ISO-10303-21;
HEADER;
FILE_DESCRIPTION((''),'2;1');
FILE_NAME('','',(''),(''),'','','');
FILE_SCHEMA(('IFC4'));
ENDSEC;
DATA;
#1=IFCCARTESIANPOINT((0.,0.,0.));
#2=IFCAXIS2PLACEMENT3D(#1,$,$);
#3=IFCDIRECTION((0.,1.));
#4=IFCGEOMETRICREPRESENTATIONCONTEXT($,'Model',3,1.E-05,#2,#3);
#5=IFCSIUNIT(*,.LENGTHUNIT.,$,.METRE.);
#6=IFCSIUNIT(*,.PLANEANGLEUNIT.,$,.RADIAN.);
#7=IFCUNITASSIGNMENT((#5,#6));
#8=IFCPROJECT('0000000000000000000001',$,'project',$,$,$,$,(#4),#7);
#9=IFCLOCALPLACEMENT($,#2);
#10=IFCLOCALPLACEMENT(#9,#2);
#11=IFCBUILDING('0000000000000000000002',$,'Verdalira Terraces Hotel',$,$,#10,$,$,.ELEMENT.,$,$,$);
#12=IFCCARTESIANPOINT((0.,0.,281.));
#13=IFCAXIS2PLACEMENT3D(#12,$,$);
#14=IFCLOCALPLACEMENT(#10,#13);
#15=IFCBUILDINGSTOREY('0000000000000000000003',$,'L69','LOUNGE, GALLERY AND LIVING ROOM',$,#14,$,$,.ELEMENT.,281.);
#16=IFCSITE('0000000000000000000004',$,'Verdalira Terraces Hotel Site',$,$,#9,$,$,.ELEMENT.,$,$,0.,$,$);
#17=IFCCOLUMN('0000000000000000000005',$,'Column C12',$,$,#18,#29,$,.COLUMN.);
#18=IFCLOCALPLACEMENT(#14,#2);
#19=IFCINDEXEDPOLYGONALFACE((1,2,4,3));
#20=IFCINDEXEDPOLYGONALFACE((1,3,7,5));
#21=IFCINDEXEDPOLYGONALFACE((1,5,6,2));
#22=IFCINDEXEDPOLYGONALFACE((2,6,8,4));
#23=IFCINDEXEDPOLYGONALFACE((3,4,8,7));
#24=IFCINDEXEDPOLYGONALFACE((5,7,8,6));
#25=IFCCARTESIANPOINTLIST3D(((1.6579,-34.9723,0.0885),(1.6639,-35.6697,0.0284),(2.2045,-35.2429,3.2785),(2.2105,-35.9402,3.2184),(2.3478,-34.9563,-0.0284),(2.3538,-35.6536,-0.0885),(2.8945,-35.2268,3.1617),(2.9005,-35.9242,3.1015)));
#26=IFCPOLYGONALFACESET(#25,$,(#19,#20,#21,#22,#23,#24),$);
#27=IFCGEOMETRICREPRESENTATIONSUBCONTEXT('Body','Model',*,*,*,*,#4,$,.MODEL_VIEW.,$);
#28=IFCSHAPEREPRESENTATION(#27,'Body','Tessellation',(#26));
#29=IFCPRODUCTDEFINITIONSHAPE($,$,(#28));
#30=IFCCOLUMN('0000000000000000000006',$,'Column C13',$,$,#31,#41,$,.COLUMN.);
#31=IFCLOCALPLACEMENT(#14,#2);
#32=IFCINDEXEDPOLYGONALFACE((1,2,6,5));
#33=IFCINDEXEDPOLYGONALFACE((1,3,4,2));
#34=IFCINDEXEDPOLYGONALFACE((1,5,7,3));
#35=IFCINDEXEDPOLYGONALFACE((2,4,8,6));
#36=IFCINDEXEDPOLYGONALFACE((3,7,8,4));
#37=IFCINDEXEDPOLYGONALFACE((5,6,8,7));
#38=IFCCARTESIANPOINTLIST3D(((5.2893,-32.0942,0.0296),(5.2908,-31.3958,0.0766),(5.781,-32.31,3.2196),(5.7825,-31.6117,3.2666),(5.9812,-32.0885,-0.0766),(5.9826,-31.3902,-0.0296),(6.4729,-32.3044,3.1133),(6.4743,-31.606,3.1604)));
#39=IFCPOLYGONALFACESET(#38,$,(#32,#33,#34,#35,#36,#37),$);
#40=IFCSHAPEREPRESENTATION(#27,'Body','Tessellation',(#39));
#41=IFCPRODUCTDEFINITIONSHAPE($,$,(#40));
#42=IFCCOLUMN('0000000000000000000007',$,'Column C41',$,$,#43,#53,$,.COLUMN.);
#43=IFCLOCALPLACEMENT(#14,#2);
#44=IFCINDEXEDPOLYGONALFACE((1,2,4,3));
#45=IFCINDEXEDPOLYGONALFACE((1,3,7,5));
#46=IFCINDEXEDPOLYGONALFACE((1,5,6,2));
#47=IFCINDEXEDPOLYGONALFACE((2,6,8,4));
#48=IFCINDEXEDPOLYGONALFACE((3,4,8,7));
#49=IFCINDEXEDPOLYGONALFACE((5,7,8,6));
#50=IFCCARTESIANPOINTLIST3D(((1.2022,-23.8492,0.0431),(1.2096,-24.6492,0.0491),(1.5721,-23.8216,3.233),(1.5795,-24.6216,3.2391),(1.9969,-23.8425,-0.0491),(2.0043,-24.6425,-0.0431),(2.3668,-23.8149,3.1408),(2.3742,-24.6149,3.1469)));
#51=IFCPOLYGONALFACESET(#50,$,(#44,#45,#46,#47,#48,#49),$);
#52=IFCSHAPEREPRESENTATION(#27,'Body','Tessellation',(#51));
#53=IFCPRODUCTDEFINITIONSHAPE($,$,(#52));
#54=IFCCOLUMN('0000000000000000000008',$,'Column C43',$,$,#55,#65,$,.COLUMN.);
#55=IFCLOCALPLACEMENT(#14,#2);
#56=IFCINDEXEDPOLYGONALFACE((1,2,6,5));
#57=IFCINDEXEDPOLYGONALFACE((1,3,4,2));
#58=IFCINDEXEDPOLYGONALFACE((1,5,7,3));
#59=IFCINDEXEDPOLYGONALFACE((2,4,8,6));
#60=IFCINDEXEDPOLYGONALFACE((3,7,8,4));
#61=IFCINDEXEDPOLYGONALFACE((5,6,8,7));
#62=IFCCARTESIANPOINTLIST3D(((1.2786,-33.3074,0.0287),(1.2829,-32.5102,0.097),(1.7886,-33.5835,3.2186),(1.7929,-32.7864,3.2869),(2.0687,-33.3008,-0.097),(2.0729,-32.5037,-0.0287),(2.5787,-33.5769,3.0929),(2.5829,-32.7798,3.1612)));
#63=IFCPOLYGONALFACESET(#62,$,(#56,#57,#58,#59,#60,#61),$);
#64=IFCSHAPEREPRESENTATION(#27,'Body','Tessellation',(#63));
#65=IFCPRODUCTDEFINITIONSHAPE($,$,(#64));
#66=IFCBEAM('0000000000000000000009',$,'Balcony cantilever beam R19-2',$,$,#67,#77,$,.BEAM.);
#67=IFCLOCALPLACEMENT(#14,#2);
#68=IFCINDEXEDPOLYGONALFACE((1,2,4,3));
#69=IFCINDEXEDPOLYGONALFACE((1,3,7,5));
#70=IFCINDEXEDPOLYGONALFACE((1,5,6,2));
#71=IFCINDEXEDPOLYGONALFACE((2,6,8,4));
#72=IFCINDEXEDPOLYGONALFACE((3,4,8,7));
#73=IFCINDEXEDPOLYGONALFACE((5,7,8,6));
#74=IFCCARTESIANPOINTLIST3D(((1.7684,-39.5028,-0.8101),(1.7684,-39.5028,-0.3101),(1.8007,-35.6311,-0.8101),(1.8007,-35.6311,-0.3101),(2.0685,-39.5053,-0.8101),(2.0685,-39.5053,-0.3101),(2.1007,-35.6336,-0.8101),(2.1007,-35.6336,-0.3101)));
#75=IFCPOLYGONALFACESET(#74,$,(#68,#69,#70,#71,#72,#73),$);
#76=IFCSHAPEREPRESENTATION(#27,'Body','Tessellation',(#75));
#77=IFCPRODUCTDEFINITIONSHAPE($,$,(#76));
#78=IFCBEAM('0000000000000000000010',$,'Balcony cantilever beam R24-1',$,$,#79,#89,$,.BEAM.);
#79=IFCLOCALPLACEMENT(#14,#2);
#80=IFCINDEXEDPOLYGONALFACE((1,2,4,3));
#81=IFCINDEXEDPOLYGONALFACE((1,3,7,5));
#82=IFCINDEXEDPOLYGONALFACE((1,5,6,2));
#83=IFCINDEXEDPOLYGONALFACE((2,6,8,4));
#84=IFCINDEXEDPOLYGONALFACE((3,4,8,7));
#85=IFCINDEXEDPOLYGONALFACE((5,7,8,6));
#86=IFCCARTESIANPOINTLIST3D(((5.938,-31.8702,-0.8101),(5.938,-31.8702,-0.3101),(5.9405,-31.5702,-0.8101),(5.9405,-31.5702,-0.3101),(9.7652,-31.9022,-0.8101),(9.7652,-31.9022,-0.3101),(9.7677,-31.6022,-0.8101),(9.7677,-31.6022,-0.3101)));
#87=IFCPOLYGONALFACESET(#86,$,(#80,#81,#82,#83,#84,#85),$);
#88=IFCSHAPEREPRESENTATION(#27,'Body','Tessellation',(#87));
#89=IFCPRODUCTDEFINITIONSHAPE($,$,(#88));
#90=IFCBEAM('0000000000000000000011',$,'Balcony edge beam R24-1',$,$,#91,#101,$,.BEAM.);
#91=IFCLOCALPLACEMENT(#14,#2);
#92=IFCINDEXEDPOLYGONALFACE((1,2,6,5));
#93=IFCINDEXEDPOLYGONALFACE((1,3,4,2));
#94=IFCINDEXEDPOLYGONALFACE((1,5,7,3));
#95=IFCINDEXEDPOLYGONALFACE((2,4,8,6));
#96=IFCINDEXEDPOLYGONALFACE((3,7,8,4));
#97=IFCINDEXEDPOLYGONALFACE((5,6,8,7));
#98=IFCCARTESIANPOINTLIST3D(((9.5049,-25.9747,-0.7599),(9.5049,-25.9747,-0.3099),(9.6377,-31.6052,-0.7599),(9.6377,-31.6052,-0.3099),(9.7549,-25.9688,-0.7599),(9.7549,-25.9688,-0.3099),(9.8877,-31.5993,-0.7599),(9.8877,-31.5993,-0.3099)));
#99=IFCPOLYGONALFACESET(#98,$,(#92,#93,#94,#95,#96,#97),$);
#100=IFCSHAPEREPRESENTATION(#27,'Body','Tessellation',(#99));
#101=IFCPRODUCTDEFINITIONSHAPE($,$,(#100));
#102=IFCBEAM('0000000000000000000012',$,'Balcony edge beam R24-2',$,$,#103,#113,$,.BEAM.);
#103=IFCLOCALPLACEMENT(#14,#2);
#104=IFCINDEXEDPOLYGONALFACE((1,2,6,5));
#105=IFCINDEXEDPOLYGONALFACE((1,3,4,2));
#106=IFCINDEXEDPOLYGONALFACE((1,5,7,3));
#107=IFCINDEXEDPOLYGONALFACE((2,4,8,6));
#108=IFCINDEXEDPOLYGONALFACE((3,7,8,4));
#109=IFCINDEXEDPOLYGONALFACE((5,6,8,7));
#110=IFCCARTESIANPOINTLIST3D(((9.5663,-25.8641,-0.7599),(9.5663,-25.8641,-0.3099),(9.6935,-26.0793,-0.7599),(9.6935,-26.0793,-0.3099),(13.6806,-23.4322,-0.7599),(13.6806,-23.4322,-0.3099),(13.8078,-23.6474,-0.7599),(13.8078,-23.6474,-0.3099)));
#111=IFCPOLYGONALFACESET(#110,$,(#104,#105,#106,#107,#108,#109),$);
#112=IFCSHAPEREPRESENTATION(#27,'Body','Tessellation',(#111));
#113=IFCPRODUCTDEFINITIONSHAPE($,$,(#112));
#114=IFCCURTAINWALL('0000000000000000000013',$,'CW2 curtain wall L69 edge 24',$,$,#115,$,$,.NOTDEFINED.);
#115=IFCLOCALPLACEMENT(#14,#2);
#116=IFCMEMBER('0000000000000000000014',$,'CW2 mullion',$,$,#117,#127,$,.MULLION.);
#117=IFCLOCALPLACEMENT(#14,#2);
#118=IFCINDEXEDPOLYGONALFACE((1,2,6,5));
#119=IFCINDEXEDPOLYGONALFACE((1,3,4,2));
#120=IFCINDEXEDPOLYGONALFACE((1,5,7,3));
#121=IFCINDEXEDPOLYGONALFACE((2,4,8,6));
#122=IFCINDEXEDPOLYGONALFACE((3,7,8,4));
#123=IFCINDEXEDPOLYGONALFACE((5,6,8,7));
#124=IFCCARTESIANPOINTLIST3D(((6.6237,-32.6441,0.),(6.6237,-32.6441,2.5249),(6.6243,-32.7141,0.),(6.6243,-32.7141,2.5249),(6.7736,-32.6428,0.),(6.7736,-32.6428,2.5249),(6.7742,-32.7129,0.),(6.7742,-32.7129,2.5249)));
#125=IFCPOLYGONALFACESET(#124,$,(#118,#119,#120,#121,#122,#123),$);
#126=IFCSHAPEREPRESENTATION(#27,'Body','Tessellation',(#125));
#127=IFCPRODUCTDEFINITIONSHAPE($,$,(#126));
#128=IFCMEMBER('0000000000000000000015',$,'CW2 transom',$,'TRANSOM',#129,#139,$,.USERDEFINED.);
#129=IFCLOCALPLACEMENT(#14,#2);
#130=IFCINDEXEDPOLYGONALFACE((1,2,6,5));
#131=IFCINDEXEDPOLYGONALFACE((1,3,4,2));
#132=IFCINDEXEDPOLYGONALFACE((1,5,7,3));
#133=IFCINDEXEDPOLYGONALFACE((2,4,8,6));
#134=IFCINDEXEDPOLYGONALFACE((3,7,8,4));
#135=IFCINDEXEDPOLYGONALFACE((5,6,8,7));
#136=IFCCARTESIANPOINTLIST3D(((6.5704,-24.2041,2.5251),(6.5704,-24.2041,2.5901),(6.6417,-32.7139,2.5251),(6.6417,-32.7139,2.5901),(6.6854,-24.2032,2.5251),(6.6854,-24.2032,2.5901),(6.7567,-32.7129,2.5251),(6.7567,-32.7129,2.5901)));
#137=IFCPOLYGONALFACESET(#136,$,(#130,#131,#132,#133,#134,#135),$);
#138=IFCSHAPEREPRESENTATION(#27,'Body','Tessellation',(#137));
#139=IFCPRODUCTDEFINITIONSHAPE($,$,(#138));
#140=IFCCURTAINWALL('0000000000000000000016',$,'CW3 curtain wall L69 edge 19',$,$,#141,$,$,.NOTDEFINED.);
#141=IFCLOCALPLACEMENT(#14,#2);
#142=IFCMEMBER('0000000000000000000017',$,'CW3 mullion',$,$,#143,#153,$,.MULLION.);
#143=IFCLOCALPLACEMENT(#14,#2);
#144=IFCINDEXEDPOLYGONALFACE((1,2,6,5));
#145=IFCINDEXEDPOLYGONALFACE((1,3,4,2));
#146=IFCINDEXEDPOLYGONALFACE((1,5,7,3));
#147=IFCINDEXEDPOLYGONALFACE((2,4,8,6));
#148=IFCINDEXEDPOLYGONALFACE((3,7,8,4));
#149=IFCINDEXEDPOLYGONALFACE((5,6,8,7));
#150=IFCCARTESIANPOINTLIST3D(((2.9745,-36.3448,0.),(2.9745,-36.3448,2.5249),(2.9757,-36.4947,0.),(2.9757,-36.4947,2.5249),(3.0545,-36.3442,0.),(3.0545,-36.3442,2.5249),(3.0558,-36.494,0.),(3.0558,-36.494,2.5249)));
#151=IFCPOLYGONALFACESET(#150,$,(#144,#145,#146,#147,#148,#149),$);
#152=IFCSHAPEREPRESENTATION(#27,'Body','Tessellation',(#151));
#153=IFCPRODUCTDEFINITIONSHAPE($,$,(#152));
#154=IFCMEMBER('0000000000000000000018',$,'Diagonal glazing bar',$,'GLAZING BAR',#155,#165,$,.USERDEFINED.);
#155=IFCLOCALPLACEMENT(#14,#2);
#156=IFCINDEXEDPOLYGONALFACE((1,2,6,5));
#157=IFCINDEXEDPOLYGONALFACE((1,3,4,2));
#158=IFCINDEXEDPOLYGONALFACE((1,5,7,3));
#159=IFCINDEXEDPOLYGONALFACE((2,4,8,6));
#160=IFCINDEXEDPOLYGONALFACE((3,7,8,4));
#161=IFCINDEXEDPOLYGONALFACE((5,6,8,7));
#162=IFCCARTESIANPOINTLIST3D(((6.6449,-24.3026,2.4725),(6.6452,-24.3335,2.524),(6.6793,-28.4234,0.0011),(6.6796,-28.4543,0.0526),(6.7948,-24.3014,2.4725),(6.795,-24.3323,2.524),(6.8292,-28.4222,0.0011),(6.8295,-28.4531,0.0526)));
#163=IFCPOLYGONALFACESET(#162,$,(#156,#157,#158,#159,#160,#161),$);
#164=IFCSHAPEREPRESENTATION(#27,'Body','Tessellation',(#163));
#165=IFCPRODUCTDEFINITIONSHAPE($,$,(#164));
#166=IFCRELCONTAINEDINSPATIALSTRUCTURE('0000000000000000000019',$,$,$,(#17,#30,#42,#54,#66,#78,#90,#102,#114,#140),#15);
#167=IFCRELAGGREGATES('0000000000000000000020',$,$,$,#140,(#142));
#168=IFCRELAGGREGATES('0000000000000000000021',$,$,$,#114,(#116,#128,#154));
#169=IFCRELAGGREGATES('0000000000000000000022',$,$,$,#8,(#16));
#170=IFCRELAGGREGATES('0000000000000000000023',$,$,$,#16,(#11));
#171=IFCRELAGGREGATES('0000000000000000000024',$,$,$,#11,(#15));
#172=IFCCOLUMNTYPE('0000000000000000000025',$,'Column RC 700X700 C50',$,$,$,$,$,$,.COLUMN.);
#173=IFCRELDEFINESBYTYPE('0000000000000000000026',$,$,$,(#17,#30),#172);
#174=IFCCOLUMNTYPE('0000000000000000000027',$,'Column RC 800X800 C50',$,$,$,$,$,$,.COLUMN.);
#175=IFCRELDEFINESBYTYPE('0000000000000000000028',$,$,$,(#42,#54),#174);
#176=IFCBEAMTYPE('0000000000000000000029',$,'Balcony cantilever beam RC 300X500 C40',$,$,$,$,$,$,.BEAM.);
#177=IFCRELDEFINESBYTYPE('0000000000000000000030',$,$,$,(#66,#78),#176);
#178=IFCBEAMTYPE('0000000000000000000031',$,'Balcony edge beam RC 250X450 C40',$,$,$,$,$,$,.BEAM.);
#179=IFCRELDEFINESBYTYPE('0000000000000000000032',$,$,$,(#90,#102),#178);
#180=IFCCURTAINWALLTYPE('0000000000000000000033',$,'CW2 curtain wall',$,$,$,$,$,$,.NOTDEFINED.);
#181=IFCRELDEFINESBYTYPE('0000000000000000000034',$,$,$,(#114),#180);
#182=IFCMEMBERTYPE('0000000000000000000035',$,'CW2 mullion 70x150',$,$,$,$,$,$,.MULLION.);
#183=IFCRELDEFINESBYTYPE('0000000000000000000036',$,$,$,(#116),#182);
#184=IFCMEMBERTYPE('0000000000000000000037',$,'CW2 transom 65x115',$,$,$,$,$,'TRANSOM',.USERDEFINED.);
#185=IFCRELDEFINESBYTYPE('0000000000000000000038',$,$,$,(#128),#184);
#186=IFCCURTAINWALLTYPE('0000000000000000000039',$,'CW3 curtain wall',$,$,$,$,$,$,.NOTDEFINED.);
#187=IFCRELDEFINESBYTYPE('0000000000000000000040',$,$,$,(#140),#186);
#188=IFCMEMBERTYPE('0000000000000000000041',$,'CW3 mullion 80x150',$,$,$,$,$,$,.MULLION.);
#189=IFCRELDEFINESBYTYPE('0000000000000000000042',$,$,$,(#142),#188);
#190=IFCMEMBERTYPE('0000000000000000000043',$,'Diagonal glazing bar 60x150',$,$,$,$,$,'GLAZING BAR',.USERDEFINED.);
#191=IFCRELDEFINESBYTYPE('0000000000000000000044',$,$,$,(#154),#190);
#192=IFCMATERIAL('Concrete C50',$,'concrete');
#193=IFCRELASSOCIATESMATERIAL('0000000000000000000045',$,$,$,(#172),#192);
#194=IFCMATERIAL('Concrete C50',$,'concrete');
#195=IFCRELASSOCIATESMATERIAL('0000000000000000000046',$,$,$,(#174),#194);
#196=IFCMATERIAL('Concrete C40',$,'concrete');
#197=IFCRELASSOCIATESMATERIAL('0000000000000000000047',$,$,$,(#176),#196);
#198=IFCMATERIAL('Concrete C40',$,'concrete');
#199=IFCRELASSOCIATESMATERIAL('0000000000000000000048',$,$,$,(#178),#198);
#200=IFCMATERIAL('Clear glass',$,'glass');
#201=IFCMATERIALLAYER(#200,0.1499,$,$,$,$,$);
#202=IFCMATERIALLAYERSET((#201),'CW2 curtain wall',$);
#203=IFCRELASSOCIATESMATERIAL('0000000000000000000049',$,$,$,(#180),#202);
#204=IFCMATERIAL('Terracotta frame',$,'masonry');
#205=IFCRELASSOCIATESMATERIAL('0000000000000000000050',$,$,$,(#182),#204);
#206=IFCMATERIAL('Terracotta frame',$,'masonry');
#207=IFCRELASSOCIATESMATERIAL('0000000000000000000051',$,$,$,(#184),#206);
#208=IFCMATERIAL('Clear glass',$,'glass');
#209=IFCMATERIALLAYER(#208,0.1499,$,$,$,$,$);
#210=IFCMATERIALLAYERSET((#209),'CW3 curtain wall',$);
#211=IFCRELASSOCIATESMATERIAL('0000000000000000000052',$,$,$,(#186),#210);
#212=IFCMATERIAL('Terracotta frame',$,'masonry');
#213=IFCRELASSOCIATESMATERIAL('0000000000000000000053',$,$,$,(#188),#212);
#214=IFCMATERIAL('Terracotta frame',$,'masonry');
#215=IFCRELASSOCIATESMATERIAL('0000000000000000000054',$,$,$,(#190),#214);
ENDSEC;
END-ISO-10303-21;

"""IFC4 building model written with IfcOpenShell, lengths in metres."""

from ifc_helpers import new_model, si_unit, direction, frame, origin, origin_2d, place, context, subcontext, project, spatial, rectangle, extrude, material, layer, layer_set, material_profile, profile_set, type_object, element, aggregate, save


model = new_model("IFC4")

# Units and contexts
model_context = context("Model", 3, precision=1e-05, world=origin(), true_north=direction((0.0, 1.0)))
body_context = subcontext(model_context, "Body", "Model", "MODEL_VIEW")
ifc_project = project(units=[si_unit("LENGTHUNIT", "METRE"), si_unit("PLANEANGLEUNIT", "RADIAN")], contexts=[model_context])

# Site, building, storey
site_placement = place(None, origin())
site = spatial("IfcSite", under=ifc_project, at=site_placement, Name="Verdalira Terraces Hotel Site", CompositionType="ELEMENT", RefElevation=0.0)
building_placement = place(site_placement, origin())
building = spatial("IfcBuilding", under=site, at=building_placement, Name="Verdalira Terraces Hotel", CompositionType="ELEMENT")
storey_placement = place(building_placement, frame((0.0, 0.0, 281.0)))
storey = spatial("IfcBuildingStorey", under=building, at=storey_placement, Name="L69", Description="LOUNGE, GALLERY AND LIVING ROOM", CompositionType="ELEMENT", Elevation=281.0)

# Columns
ifc_material_1 = material(Name="Concrete C50", Category="concrete")
ifc_material_profile_1 = material_profile(ifc_material_1, rectangle(XDim=0.7, YDim=0.7, at=origin_2d()), Name="RC 700X700")
ifc_profile_set_1 = profile_set([ifc_material_profile_1], Name="Concrete C50")
column_type_1 = type_object("IfcColumnType", Name="Column RC 700X700 C50", PredefinedType="COLUMN", material=ifc_profile_set_1)
column_1_placement = place(storey_placement, frame((2.0059, -35.313, 0.0), z_axis=(0.168312, -0.083292, 0.982209), x_axis=(0.985696, 0.022909, -0.166967)))
element("IfcColumn", 1, at=column_1_placement, inside=storey, type_object=column_type_1, Name="Column C12", PredefinedType="COLUMN", context=body_context, shape_type="SweptSolid", body=[
    extrude(rectangle(XDim=0.7, YDim=0.7, at=origin_2d()), origin(), (0.0, 0.0, 1.0), 3.2478),
])
column_2_placement = place(storey_placement, frame((5.636, -31.7422, 0.0), z_axis=(0.152002, -0.066718, 0.986126), x_axis=(0.00212, 0.997739, 0.067177)))
element("IfcColumn", 2, at=column_2_placement, inside=storey, type_object=column_type_1, Name="Column C13", PredefinedType="COLUMN", context=body_context, shape_type="SweptSolid", body=[
    extrude(rectangle(XDim=0.7, YDim=0.7, at=origin_2d()), origin(), (0.0, 0.0, 1.0), 3.2349),
])
ifc_material_2 = material(Name="Concrete C50", Category="concrete")
ifc_material_profile_2 = material_profile(ifc_material_2, rectangle(XDim=0.8, YDim=0.8, at=origin_2d()), Name="RC 800X800")
ifc_profile_set_2 = profile_set([ifc_material_profile_2], Name="Concrete C50")
column_type_2 = type_object("IfcColumnType", Name="Column RC 800X800 C50", PredefinedType="COLUMN", material=ifc_profile_set_2)
column_3_placement = place(storey_placement, frame((1.6033, -24.2459, 0.0), z_axis=(0.115174, 0.008591, 0.993308), x_axis=(0.009303, -0.999928, 0.007569)))
element("IfcColumn", 3, at=column_3_placement, inside=storey, type_object=column_type_2, Name="Column C41", PredefinedType="COLUMN", context=body_context, shape_type="SweptSolid", body=[
    extrude(rectangle(XDim=0.8, YDim=0.8, at=origin_2d()), origin(), (0.0, 0.0, 1.0), 3.2114),
])
column_4_placement = place(storey_placement, frame((1.6758, -32.9055, 0.0), z_axis=(0.157302, -0.085164, 0.983871), x_axis=(-0.005313, -0.996333, -0.085394)))
element("IfcColumn", 4, at=column_4_placement, inside=storey, type_object=column_type_2, Name="Column C43", PredefinedType="COLUMN", context=body_context, shape_type="SweptSolid", body=[
    extrude(rectangle(XDim=0.8, YDim=0.8, at=origin_2d()), origin(), (0.0, 0.0, 1.0), 3.2422),
])

# Beams
ifc_material_3 = material(Name="Concrete C40", Category="concrete")
ifc_material_profile_3 = material_profile(ifc_material_3, rectangle(XDim=0.3, YDim=0.5, at=origin_2d()), Name="RC 300X500")
ifc_profile_set_3 = profile_set([ifc_material_profile_3], Name="Concrete C40")
beam_type_1 = type_object("IfcBeamType", Name="Balcony cantilever beam RC 300X500 C40", PredefinedType="BEAM", material=ifc_profile_set_3)
beam_1_placement = place(storey_placement, frame((1.9507, -35.6323, -0.5601), z_axis=(-0.008324, -0.999965, 0.0), x_axis=(0.999965, -0.008324, 0.0)))
element("IfcBeam", 5, at=beam_1_placement, inside=storey, type_object=beam_type_1, Name="Balcony cantilever beam R19-2", PredefinedType="BEAM", context=body_context, shape_type="SweptSolid", body=[
    extrude(rectangle(XDim=0.3, YDim=0.5, at=origin_2d()), origin(), (0.0, 0.0, 1.0), 3.8718),
])
beam_2_placement = place(storey_placement, frame((5.9392, -31.7202, -0.5601), z_axis=(0.999965, -0.008356, 0.0), x_axis=(0.008356, 0.999965, 0.0)))
element("IfcBeam", 6, at=beam_2_placement, inside=storey, type_object=beam_type_1, Name="Balcony cantilever beam R24-1", PredefinedType="BEAM", context=body_context, shape_type="SweptSolid", body=[
    extrude(rectangle(XDim=0.3, YDim=0.5, at=origin_2d()), origin(), (0.0, 0.0, 1.0), 3.8274),
])
ifc_material_4 = material(Name="Concrete C40", Category="concrete")
ifc_material_profile_4 = material_profile(ifc_material_4, rectangle(XDim=0.25, YDim=0.45, at=origin_2d()), Name="RC 250X450")
ifc_profile_set_4 = profile_set([ifc_material_profile_4], Name="Concrete C40")
beam_type_2 = type_object("IfcBeamType", Name="Balcony edge beam RC 250X450 C40", PredefinedType="BEAM", material=ifc_profile_set_4)
beam_3_placement = place(storey_placement, frame((9.7627, -31.6023, -0.5349), z_axis=(-0.023581, 0.999722, 0.0), x_axis=(-0.999722, -0.023581, 0.0)))
element("IfcBeam", 7, at=beam_3_placement, inside=storey, type_object=beam_type_2, Name="Balcony edge beam R24-1", PredefinedType="BEAM", context=body_context, shape_type="SweptSolid", body=[
    extrude(rectangle(XDim=0.25, YDim=0.45, at=origin_2d()), origin(), (0.0, 0.0, 1.0), 5.6321),
])
beam_4_placement = place(storey_placement, frame((9.6299, -25.9717, -0.5349), z_axis=(0.860859, 0.508843, 0.0), x_axis=(-0.508843, 0.860859, 0.0)))
element("IfcBeam", 8, at=beam_4_placement, inside=storey, type_object=beam_type_2, Name="Balcony edge beam R24-2", PredefinedType="BEAM", context=body_context, shape_type="SweptSolid", body=[
    extrude(rectangle(XDim=0.25, YDim=0.45, at=origin_2d()), origin(), (0.0, 0.0, 1.0), 4.7793),
])

# Curtain wall, members
ifc_material_5 = material(Name="Clear glass", Category="glass")
ifc_layer_1 = layer(ifc_material_5, 0.1499)
ifc_layer_set_1 = layer_set([ifc_layer_1], Name="CW2 curtain wall")
curtain_wall_type_1 = type_object("IfcCurtainWallType", Name="CW2 curtain wall", PredefinedType="NOTDEFINED", material=ifc_layer_set_1)
curtain_wall_1_placement = place(storey_placement, origin())
curtain_wall_1 = element("IfcCurtainWall", 9, at=curtain_wall_1_placement, inside=storey, type_object=curtain_wall_type_1, Name="CW2 curtain wall L69 edge 24", PredefinedType="NOTDEFINED")
ifc_material_6 = material(Name="Terracotta frame", Category="masonry")
ifc_material_profile_5 = material_profile(ifc_material_6, rectangle(XDim=0.0701, YDim=0.1499, at=origin_2d()), Name="MU 70x150")
ifc_profile_set_5 = profile_set([ifc_material_profile_5], Name="Terracotta frame")
member_type_1 = type_object("IfcMemberType", Name="CW2 mullion 70x150", PredefinedType="MULLION", material=ifc_profile_set_5)
member_1_placement = place(storey_placement, frame((6.699, -32.6785, 0.0), z_axis=(0.0, 0.0, 1.0), x_axis=(-0.008377, 0.999965, 0.0)))
member_1 = element("IfcMember", 10, at=member_1_placement, type_object=member_type_1, Name="CW2 mullion", PredefinedType="MULLION", context=body_context, shape_type="SweptSolid", body=[
    extrude(rectangle(XDim=0.0701, YDim=0.1499, at=origin_2d()), origin(), (0.0, 0.0, 1.0), 2.5249),
])
ifc_material_7 = material(Name="Terracotta frame", Category="masonry")
ifc_material_profile_6 = material_profile(ifc_material_7, rectangle(XDim=0.115, YDim=0.0649, at=origin_2d()), Name="TR 65x115")
ifc_profile_set_6 = profile_set([ifc_material_profile_6], Name="Terracotta frame")
member_type_2 = type_object("IfcMemberType", Name="CW2 transom 65x115", ElementType="TRANSOM", PredefinedType="USERDEFINED", material=ifc_profile_set_6)
member_2_placement = place(storey_placement, frame((6.6992, -32.7134, 2.5576), z_axis=(-0.008377, 0.999965, 0.0), x_axis=(-0.999965, -0.008377, 0.0)))
member_2 = element("IfcMember", 11, at=member_2_placement, type_object=member_type_2, Name="CW2 transom", ObjectType="TRANSOM", PredefinedType="USERDEFINED", context=body_context, shape_type="SweptSolid", body=[
    extrude(rectangle(XDim=0.115, YDim=0.0649, at=origin_2d()), origin(), (0.0, 0.0, 1.0), 8.51),
])

# Curtain wall, member
ifc_material_8 = material(Name="Clear glass", Category="glass")
ifc_layer_2 = layer(ifc_material_8, 0.1499)
ifc_layer_set_2 = layer_set([ifc_layer_2], Name="CW3 curtain wall")
curtain_wall_type_2 = type_object("IfcCurtainWallType", Name="CW3 curtain wall", PredefinedType="NOTDEFINED", material=ifc_layer_set_2)
curtain_wall_2_placement = place(storey_placement, origin())
curtain_wall_2 = element("IfcCurtainWall", 12, at=curtain_wall_2_placement, inside=storey, type_object=curtain_wall_type_2, Name="CW3 curtain wall L69 edge 19", PredefinedType="NOTDEFINED")
ifc_material_9 = material(Name="Terracotta frame", Category="masonry")
ifc_material_profile_7 = material_profile(ifc_material_9, rectangle(XDim=0.0801, YDim=0.1499, at=origin_2d()), Name="MU 80x150")
ifc_profile_set_7 = profile_set([ifc_material_profile_7], Name="Terracotta frame")
member_type_3 = type_object("IfcMemberType", Name="CW3 mullion 80x150", PredefinedType="MULLION", material=ifc_profile_set_7)
member_3_placement = place(storey_placement, frame((3.0151, -36.4194, 0.0), z_axis=(0.0, 0.0, 1.0), x_axis=(0.999965, 0.008377, 0.0)))
member_3 = element("IfcMember", 13, at=member_3_placement, type_object=member_type_3, Name="CW3 mullion", PredefinedType="MULLION", context=body_context, shape_type="SweptSolid", body=[
    extrude(rectangle(XDim=0.0801, YDim=0.1499, at=origin_2d()), origin(), (0.0, 0.0, 1.0), 2.5249),
])
aggregate(curtain_wall_2, [member_3])

# Member
ifc_material_10 = material(Name="Terracotta frame", Category="masonry")
ifc_material_profile_8 = material_profile(ifc_material_10, rectangle(XDim=0.1499, YDim=0.0601, at=origin_2d()), Name="GB 60x150")
ifc_profile_set_8 = profile_set([ifc_material_profile_8], Name="Terracotta frame")
member_type_4 = type_object("IfcMemberType", Name="Diagonal glazing bar 60x150", ElementType="GLAZING BAR", PredefinedType="USERDEFINED", material=ifc_profile_set_8)
member_4_placement = place(storey_placement, frame((6.7544, -28.4382, 0.0269), z_axis=(-0.007164, 0.85757, 0.514318), x_axis=(-0.999965, -0.008353, 0.0)))
member_4 = element("IfcMember", 14, at=member_4_placement, type_object=member_type_4, Name="Diagonal glazing bar", ObjectType="GLAZING BAR", PredefinedType="USERDEFINED", context=body_context, shape_type="SweptSolid", body=[
    extrude(rectangle(XDim=0.1499, YDim=0.0601, at=origin_2d()), origin(), (0.0, 0.0, 1.0), 4.8052),
])

aggregate(curtain_wall_1, [member_1, member_2, member_4])

save(model, "model.ifc")
